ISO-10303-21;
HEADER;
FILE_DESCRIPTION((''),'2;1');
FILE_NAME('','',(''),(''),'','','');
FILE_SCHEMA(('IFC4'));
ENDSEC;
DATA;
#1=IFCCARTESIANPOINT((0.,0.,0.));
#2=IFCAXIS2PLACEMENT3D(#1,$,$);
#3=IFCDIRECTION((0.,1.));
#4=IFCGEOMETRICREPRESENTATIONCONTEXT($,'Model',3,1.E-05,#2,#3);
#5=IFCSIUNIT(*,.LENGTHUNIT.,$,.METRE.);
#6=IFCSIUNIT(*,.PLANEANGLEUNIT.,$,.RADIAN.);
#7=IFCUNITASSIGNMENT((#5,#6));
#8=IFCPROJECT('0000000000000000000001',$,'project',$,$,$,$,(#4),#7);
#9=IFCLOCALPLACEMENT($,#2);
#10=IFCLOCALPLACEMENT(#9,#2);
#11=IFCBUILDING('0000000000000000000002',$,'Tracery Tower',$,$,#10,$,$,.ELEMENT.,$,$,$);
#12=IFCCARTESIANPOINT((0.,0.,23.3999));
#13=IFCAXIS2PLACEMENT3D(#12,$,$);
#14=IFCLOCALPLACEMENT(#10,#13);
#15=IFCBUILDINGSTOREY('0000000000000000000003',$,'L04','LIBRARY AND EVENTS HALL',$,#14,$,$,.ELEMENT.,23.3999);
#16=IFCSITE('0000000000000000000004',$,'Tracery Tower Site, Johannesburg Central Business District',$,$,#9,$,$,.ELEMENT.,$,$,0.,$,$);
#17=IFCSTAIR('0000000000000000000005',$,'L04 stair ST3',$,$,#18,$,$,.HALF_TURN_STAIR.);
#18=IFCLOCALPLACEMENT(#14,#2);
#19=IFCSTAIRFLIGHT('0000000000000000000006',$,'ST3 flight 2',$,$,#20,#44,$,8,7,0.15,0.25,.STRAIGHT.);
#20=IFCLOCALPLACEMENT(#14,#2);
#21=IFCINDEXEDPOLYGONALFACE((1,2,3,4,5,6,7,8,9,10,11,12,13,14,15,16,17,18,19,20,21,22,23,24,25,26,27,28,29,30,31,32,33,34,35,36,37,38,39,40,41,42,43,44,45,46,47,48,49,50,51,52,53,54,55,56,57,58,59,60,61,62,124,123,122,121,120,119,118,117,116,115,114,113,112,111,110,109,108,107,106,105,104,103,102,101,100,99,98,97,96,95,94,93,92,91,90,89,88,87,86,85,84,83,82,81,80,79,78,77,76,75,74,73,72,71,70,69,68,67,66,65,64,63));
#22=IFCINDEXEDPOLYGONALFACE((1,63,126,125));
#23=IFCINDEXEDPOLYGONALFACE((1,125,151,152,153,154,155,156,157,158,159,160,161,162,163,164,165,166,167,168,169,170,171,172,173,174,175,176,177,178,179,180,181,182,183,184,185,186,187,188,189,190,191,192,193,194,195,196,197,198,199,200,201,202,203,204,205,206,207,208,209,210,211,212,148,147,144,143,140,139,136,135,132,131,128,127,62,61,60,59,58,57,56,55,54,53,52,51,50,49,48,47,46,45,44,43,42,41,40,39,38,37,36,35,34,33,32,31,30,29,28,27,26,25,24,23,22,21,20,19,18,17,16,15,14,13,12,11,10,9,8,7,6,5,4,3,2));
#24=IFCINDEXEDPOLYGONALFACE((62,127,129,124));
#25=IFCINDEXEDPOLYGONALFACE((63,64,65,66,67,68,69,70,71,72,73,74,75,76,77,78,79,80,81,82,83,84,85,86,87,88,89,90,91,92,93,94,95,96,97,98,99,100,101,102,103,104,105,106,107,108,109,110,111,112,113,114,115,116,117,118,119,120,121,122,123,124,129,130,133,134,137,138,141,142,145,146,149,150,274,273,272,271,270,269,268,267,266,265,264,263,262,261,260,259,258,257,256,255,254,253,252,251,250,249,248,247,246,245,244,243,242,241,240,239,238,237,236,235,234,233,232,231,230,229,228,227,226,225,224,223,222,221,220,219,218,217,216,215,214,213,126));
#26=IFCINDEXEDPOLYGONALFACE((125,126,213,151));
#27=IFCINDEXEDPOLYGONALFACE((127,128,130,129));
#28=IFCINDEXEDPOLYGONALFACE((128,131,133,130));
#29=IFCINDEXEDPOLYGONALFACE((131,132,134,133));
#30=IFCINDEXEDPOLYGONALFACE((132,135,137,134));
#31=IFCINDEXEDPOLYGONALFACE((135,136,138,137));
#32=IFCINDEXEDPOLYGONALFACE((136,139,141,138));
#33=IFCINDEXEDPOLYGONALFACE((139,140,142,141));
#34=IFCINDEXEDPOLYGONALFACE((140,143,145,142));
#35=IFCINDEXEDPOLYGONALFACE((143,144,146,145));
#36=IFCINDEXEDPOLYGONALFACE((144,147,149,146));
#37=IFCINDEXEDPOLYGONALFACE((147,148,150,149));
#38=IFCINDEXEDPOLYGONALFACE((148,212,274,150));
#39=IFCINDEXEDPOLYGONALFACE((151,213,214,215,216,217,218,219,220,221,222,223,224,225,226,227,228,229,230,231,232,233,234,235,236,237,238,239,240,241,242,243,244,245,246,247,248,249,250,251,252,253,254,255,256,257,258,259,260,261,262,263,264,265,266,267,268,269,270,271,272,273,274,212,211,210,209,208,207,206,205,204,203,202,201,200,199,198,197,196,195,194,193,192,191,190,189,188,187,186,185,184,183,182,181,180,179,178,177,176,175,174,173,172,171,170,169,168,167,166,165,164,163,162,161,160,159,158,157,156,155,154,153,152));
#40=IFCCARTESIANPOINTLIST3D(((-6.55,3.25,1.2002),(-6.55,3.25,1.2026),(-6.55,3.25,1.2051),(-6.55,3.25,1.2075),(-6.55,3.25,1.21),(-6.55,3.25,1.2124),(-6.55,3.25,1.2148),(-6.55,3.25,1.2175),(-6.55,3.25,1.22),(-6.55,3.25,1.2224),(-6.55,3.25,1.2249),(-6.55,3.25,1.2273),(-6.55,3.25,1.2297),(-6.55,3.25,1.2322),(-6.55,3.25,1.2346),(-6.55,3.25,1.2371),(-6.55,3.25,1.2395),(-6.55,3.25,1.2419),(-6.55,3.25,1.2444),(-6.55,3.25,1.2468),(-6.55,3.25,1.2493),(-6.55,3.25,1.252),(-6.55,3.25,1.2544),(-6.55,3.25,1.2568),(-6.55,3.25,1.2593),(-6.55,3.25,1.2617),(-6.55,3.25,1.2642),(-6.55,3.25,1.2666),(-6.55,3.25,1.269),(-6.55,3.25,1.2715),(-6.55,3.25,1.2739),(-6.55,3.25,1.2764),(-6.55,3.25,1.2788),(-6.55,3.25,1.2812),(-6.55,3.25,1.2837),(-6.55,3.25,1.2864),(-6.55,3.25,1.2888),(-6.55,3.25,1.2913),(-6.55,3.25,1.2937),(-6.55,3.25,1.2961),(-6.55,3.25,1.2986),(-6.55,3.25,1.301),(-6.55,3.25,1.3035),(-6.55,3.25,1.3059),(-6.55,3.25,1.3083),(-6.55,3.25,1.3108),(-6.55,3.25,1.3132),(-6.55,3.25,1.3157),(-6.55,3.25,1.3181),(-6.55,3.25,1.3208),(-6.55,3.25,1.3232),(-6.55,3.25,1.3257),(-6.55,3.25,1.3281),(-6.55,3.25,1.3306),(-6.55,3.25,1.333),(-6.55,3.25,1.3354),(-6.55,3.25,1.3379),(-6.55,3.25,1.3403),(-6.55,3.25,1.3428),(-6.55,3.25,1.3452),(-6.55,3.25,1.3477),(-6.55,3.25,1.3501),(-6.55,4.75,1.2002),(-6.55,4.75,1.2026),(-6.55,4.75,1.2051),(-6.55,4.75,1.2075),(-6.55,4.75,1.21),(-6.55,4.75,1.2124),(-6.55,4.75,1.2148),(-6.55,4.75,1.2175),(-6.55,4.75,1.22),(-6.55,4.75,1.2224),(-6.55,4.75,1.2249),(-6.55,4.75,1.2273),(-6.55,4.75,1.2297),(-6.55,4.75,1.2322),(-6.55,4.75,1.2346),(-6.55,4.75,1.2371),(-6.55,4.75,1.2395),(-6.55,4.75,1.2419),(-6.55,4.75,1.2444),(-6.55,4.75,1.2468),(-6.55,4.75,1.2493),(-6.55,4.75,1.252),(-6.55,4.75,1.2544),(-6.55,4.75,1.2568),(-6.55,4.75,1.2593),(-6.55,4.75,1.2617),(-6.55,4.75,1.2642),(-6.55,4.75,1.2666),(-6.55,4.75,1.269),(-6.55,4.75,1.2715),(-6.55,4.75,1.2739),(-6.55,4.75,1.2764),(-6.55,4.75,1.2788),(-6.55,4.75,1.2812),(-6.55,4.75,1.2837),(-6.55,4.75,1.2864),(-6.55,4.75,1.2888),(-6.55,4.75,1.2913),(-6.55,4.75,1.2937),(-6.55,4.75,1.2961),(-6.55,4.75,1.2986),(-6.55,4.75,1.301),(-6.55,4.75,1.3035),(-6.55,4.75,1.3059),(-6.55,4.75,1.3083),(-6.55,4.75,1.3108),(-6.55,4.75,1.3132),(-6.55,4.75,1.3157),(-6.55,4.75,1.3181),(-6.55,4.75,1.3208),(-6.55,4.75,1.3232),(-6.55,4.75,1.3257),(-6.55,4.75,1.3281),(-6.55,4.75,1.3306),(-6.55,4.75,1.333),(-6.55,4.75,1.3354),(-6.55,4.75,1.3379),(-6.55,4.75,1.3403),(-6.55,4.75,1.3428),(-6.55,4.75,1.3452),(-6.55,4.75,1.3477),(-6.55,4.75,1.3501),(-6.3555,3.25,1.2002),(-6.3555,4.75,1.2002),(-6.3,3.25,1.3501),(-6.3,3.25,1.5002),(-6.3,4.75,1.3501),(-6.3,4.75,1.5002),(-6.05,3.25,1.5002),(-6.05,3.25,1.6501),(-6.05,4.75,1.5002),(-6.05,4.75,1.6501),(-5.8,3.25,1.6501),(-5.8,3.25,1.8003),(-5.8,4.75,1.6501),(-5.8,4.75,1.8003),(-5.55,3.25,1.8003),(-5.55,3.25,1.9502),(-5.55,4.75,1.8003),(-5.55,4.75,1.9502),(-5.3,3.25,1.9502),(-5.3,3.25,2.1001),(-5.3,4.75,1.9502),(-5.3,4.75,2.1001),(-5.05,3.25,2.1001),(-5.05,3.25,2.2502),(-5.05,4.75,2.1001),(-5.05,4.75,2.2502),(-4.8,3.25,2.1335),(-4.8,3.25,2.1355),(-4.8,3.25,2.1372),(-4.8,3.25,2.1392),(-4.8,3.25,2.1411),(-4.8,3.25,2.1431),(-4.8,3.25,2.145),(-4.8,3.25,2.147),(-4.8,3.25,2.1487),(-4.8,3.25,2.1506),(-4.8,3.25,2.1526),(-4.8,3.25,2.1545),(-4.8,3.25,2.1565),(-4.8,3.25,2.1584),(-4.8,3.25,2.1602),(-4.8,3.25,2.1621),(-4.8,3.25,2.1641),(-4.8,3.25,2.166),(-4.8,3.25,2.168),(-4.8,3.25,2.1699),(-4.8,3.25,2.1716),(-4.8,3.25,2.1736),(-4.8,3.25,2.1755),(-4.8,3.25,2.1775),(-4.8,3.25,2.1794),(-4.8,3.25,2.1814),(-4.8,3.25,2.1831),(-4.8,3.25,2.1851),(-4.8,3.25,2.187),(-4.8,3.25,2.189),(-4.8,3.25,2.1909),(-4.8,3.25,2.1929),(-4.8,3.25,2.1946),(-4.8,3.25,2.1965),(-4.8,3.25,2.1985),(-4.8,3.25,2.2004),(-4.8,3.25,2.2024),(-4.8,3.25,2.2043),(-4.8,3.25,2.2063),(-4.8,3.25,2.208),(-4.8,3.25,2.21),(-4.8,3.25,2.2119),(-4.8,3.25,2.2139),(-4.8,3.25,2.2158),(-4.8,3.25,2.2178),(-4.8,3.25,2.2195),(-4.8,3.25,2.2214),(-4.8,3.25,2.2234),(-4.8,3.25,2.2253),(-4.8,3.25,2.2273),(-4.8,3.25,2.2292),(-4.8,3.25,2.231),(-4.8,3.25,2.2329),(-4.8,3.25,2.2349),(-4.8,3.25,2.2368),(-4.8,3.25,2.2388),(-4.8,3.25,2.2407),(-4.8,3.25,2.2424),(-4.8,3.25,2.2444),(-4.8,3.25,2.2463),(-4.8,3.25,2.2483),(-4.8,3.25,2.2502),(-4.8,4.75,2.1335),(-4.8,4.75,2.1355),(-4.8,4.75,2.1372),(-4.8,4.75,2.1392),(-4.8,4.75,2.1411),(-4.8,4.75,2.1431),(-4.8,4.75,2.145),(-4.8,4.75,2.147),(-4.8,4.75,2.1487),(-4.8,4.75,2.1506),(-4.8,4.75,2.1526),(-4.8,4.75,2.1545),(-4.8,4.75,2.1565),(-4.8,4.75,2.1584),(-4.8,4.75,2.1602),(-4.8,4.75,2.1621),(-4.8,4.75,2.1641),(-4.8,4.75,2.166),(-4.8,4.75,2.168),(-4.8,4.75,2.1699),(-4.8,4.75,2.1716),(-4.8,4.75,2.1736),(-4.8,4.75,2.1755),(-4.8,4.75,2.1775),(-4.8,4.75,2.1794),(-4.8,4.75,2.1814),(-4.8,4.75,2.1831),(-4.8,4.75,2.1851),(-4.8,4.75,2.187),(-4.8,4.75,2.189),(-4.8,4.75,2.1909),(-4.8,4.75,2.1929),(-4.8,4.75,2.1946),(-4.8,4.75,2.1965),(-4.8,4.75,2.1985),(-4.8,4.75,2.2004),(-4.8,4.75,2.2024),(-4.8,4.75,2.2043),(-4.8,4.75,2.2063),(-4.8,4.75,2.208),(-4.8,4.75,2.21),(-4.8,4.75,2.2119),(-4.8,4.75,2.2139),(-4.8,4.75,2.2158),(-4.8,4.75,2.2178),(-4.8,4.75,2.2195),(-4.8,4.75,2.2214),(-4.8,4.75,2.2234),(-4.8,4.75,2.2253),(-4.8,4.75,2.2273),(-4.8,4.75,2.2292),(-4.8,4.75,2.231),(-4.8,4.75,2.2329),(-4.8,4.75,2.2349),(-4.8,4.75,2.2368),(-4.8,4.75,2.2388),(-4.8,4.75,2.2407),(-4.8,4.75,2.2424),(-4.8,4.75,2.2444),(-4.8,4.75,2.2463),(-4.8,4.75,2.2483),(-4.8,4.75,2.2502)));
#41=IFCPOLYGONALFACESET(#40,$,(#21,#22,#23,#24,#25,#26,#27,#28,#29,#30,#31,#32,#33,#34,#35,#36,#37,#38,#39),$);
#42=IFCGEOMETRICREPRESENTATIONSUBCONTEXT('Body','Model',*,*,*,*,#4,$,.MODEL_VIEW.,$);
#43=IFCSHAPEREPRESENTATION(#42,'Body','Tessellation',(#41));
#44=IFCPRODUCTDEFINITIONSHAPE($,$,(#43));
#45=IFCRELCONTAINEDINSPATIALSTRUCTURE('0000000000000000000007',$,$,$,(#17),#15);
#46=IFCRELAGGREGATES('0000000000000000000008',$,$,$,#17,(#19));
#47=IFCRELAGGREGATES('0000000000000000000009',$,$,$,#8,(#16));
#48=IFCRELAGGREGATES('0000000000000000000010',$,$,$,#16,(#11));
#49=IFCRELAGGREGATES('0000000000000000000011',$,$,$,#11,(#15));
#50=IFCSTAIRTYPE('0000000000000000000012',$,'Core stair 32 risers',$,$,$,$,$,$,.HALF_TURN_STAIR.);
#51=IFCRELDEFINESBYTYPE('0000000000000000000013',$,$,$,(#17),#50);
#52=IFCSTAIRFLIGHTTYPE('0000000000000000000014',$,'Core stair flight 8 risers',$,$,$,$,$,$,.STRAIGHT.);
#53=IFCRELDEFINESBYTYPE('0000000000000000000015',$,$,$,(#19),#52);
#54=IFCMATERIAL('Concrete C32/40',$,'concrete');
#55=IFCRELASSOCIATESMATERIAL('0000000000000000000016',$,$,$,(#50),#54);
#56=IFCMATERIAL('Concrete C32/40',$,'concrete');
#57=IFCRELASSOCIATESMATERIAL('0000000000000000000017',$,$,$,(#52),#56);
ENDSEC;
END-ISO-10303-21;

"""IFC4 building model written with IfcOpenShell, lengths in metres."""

from ifc_helpers import new_model, si_unit, direction, frame, origin, place, context, subcontext, project, spatial, polyline, outline, extrude, material, type_object, element, aggregate, save


model = new_model("IFC4")

# Units and contexts
model_context = context("Model", 3, precision=1e-05, world=origin(), true_north=direction((0.0, 1.0)))
body_context = subcontext(model_context, "Body", "Model", "MODEL_VIEW")
ifc_project = project(units=[si_unit("LENGTHUNIT", "METRE"), si_unit("PLANEANGLEUNIT", "RADIAN")], contexts=[model_context])

# Site, building, storey
site_placement = place(None, origin())
site = spatial("IfcSite", under=ifc_project, at=site_placement, Name="Tracery Tower Site, Johannesburg Central Business District", CompositionType="ELEMENT", RefElevation=0.0)
building_placement = place(site_placement, origin())
building = spatial("IfcBuilding", under=site, at=building_placement, Name="Tracery Tower", CompositionType="ELEMENT")
storey_placement = place(building_placement, frame((0.0, 0.0, 23.3999)))
storey = spatial("IfcBuildingStorey", under=building, at=storey_placement, Name="L04", Description="LIBRARY AND EVENTS HALL", CompositionType="ELEMENT", Elevation=23.3999)

# Stair, stair flight
ifc_material_1 = material(Name="Concrete C32/40", Category="concrete")
stair_type = type_object("IfcStairType", Name="Core stair 32 risers", PredefinedType="HALF_TURN_STAIR", material=ifc_material_1)
stair_placement = place(storey_placement, origin())
stair = element("IfcStair", 1, at=stair_placement, inside=storey, type_object=stair_type, Name="L04 stair ST3", PredefinedType="HALF_TURN_STAIR")
ifc_material_2 = material(Name="Concrete C32/40", Category="concrete")
stair_flight_type = type_object("IfcStairFlightType", Name="Core stair flight 8 risers", PredefinedType="STRAIGHT", material=ifc_material_2)
stair_flight_1_placement = place(storey_placement, frame((-6.55, 4.0, 1.2002), z_axis=(0.0, 0.0, 1.0), x_axis=(1.0, 0.0, 0.0)))
stair_flight_1 = element("IfcStairFlight", 2, at=stair_flight_1_placement, type_object=stair_flight_type, Name="ST3 flight 2", NumberOfRisers=8, NumberOfTreads=7, PredefinedType="STRAIGHT", RiserHeight=0.15, TreadLength=0.25, context=body_context, shape_type="SweptSolid", body=[
    extrude(outline(polyline([(0.0, 0.0), (0.0, 0.0024), (0.0, 0.0049), (0.0, 0.0073), (0.0, 0.0098), (0.0, 0.0122), (0.0, 0.0146), (0.0, 0.0173), (0.0, 0.0198), (0.0, 0.0222), (0.0, 0.0247), (0.0, 0.0271), (0.0, 0.0295), (0.0, 0.032), (0.0, 0.0344), (0.0, 0.0369), (0.0, 0.0393), (0.0, 0.0417), (0.0, 0.0442), (0.0, 0.0466), (0.0, 0.0491), (0.0, 0.0518), (0.0, 0.0542), (0.0, 0.0566), (0.0, 0.0591), (0.0, 0.0615), (0.0, 0.064), (0.0, 0.0664), (0.0, 0.0688), (0.0, 0.0713), (0.0, 0.0737), (0.0, 0.0762), (0.0, 0.0786), (0.0, 0.0811), (0.0, 0.0835), (0.0, 0.0862), (0.0, 0.0886), (0.0, 0.0911), (0.0, 0.0935), (0.0, 0.0959), (0.0, 0.0984), (0.0, 0.1008), (0.0, 0.1033), (0.0, 0.1057), (0.0, 0.1082), (0.0, 0.1106), (0.0, 0.113), (0.0, 0.1155), (0.0, 0.1179), (0.0, 0.1206), (0.0, 0.123), (0.0, 0.1255), (0.0, 0.1279), (0.0, 0.1304), (0.0, 0.1328), (0.0, 0.1353), (0.0, 0.1377), (0.0, 0.1401), (0.0, 0.1426), (0.0, 0.145), (0.0, 0.1475), (0.0, 0.1499), (0.25, 0.1499), (0.25, 0.3), (0.5, 0.3), (0.5, 0.45), (0.75, 0.45), (0.75, 0.6001), (1.0, 0.6001), (1.0, 0.75), (1.25, 0.75), (1.25, 0.8999), (1.5, 0.8999), (1.5, 1.05), (1.75, 1.05), (1.75, 1.0481), (1.75, 1.0461), (1.75, 1.0442), (1.75, 1.0422), (1.75, 1.0405), (1.75, 1.0386), (1.75, 1.0366), (1.75, 1.0347), (1.75, 1.0327), (1.75, 1.0308), (1.75, 1.0291), (1.75, 1.0271), (1.75, 1.0251), (1.75, 1.0232), (1.75, 1.0212), (1.75, 1.0193), (1.75, 1.0176), (1.75, 1.0156), (1.75, 1.0137), (1.75, 1.0117), (1.75, 1.0098), (1.75, 1.0078), (1.75, 1.0061), (1.75, 1.0042), (1.75, 1.0022), (1.75, 1.0002), (1.75, 0.9983), (1.75, 0.9963), (1.75, 0.9944), (1.75, 0.9927), (1.75, 0.9907), (1.75, 0.9888), (1.75, 0.9868), (1.75, 0.9849), (1.75, 0.9829), (1.75, 0.9812), (1.75, 0.9792), (1.75, 0.9773), (1.75, 0.9753), (1.75, 0.9734), (1.75, 0.9714), (1.75, 0.9697), (1.75, 0.9678), (1.75, 0.9658), (1.75, 0.9639), (1.75, 0.9619), (1.75, 0.96), (1.75, 0.9583), (1.75, 0.9563), (1.75, 0.9543), (1.75, 0.9524), (1.75, 0.9504), (1.75, 0.9485), (1.75, 0.9468), (1.75, 0.9448), (1.75, 0.9429), (1.75, 0.9409), (1.75, 0.939), (1.75, 0.937), (1.75, 0.9353), (1.75, 0.9333), (0.1946, 0.0), (0.0, 0.0)])), frame((0.0, 0.75, 0.0), z_axis=(0.0, -1.0, 0.0), x_axis=(1.0, 0.0, 0.0)), (0.0, 0.0, 1.0), 1.5),
])
aggregate(stair, [stair_flight_1])

save(model, "model.ifc")
